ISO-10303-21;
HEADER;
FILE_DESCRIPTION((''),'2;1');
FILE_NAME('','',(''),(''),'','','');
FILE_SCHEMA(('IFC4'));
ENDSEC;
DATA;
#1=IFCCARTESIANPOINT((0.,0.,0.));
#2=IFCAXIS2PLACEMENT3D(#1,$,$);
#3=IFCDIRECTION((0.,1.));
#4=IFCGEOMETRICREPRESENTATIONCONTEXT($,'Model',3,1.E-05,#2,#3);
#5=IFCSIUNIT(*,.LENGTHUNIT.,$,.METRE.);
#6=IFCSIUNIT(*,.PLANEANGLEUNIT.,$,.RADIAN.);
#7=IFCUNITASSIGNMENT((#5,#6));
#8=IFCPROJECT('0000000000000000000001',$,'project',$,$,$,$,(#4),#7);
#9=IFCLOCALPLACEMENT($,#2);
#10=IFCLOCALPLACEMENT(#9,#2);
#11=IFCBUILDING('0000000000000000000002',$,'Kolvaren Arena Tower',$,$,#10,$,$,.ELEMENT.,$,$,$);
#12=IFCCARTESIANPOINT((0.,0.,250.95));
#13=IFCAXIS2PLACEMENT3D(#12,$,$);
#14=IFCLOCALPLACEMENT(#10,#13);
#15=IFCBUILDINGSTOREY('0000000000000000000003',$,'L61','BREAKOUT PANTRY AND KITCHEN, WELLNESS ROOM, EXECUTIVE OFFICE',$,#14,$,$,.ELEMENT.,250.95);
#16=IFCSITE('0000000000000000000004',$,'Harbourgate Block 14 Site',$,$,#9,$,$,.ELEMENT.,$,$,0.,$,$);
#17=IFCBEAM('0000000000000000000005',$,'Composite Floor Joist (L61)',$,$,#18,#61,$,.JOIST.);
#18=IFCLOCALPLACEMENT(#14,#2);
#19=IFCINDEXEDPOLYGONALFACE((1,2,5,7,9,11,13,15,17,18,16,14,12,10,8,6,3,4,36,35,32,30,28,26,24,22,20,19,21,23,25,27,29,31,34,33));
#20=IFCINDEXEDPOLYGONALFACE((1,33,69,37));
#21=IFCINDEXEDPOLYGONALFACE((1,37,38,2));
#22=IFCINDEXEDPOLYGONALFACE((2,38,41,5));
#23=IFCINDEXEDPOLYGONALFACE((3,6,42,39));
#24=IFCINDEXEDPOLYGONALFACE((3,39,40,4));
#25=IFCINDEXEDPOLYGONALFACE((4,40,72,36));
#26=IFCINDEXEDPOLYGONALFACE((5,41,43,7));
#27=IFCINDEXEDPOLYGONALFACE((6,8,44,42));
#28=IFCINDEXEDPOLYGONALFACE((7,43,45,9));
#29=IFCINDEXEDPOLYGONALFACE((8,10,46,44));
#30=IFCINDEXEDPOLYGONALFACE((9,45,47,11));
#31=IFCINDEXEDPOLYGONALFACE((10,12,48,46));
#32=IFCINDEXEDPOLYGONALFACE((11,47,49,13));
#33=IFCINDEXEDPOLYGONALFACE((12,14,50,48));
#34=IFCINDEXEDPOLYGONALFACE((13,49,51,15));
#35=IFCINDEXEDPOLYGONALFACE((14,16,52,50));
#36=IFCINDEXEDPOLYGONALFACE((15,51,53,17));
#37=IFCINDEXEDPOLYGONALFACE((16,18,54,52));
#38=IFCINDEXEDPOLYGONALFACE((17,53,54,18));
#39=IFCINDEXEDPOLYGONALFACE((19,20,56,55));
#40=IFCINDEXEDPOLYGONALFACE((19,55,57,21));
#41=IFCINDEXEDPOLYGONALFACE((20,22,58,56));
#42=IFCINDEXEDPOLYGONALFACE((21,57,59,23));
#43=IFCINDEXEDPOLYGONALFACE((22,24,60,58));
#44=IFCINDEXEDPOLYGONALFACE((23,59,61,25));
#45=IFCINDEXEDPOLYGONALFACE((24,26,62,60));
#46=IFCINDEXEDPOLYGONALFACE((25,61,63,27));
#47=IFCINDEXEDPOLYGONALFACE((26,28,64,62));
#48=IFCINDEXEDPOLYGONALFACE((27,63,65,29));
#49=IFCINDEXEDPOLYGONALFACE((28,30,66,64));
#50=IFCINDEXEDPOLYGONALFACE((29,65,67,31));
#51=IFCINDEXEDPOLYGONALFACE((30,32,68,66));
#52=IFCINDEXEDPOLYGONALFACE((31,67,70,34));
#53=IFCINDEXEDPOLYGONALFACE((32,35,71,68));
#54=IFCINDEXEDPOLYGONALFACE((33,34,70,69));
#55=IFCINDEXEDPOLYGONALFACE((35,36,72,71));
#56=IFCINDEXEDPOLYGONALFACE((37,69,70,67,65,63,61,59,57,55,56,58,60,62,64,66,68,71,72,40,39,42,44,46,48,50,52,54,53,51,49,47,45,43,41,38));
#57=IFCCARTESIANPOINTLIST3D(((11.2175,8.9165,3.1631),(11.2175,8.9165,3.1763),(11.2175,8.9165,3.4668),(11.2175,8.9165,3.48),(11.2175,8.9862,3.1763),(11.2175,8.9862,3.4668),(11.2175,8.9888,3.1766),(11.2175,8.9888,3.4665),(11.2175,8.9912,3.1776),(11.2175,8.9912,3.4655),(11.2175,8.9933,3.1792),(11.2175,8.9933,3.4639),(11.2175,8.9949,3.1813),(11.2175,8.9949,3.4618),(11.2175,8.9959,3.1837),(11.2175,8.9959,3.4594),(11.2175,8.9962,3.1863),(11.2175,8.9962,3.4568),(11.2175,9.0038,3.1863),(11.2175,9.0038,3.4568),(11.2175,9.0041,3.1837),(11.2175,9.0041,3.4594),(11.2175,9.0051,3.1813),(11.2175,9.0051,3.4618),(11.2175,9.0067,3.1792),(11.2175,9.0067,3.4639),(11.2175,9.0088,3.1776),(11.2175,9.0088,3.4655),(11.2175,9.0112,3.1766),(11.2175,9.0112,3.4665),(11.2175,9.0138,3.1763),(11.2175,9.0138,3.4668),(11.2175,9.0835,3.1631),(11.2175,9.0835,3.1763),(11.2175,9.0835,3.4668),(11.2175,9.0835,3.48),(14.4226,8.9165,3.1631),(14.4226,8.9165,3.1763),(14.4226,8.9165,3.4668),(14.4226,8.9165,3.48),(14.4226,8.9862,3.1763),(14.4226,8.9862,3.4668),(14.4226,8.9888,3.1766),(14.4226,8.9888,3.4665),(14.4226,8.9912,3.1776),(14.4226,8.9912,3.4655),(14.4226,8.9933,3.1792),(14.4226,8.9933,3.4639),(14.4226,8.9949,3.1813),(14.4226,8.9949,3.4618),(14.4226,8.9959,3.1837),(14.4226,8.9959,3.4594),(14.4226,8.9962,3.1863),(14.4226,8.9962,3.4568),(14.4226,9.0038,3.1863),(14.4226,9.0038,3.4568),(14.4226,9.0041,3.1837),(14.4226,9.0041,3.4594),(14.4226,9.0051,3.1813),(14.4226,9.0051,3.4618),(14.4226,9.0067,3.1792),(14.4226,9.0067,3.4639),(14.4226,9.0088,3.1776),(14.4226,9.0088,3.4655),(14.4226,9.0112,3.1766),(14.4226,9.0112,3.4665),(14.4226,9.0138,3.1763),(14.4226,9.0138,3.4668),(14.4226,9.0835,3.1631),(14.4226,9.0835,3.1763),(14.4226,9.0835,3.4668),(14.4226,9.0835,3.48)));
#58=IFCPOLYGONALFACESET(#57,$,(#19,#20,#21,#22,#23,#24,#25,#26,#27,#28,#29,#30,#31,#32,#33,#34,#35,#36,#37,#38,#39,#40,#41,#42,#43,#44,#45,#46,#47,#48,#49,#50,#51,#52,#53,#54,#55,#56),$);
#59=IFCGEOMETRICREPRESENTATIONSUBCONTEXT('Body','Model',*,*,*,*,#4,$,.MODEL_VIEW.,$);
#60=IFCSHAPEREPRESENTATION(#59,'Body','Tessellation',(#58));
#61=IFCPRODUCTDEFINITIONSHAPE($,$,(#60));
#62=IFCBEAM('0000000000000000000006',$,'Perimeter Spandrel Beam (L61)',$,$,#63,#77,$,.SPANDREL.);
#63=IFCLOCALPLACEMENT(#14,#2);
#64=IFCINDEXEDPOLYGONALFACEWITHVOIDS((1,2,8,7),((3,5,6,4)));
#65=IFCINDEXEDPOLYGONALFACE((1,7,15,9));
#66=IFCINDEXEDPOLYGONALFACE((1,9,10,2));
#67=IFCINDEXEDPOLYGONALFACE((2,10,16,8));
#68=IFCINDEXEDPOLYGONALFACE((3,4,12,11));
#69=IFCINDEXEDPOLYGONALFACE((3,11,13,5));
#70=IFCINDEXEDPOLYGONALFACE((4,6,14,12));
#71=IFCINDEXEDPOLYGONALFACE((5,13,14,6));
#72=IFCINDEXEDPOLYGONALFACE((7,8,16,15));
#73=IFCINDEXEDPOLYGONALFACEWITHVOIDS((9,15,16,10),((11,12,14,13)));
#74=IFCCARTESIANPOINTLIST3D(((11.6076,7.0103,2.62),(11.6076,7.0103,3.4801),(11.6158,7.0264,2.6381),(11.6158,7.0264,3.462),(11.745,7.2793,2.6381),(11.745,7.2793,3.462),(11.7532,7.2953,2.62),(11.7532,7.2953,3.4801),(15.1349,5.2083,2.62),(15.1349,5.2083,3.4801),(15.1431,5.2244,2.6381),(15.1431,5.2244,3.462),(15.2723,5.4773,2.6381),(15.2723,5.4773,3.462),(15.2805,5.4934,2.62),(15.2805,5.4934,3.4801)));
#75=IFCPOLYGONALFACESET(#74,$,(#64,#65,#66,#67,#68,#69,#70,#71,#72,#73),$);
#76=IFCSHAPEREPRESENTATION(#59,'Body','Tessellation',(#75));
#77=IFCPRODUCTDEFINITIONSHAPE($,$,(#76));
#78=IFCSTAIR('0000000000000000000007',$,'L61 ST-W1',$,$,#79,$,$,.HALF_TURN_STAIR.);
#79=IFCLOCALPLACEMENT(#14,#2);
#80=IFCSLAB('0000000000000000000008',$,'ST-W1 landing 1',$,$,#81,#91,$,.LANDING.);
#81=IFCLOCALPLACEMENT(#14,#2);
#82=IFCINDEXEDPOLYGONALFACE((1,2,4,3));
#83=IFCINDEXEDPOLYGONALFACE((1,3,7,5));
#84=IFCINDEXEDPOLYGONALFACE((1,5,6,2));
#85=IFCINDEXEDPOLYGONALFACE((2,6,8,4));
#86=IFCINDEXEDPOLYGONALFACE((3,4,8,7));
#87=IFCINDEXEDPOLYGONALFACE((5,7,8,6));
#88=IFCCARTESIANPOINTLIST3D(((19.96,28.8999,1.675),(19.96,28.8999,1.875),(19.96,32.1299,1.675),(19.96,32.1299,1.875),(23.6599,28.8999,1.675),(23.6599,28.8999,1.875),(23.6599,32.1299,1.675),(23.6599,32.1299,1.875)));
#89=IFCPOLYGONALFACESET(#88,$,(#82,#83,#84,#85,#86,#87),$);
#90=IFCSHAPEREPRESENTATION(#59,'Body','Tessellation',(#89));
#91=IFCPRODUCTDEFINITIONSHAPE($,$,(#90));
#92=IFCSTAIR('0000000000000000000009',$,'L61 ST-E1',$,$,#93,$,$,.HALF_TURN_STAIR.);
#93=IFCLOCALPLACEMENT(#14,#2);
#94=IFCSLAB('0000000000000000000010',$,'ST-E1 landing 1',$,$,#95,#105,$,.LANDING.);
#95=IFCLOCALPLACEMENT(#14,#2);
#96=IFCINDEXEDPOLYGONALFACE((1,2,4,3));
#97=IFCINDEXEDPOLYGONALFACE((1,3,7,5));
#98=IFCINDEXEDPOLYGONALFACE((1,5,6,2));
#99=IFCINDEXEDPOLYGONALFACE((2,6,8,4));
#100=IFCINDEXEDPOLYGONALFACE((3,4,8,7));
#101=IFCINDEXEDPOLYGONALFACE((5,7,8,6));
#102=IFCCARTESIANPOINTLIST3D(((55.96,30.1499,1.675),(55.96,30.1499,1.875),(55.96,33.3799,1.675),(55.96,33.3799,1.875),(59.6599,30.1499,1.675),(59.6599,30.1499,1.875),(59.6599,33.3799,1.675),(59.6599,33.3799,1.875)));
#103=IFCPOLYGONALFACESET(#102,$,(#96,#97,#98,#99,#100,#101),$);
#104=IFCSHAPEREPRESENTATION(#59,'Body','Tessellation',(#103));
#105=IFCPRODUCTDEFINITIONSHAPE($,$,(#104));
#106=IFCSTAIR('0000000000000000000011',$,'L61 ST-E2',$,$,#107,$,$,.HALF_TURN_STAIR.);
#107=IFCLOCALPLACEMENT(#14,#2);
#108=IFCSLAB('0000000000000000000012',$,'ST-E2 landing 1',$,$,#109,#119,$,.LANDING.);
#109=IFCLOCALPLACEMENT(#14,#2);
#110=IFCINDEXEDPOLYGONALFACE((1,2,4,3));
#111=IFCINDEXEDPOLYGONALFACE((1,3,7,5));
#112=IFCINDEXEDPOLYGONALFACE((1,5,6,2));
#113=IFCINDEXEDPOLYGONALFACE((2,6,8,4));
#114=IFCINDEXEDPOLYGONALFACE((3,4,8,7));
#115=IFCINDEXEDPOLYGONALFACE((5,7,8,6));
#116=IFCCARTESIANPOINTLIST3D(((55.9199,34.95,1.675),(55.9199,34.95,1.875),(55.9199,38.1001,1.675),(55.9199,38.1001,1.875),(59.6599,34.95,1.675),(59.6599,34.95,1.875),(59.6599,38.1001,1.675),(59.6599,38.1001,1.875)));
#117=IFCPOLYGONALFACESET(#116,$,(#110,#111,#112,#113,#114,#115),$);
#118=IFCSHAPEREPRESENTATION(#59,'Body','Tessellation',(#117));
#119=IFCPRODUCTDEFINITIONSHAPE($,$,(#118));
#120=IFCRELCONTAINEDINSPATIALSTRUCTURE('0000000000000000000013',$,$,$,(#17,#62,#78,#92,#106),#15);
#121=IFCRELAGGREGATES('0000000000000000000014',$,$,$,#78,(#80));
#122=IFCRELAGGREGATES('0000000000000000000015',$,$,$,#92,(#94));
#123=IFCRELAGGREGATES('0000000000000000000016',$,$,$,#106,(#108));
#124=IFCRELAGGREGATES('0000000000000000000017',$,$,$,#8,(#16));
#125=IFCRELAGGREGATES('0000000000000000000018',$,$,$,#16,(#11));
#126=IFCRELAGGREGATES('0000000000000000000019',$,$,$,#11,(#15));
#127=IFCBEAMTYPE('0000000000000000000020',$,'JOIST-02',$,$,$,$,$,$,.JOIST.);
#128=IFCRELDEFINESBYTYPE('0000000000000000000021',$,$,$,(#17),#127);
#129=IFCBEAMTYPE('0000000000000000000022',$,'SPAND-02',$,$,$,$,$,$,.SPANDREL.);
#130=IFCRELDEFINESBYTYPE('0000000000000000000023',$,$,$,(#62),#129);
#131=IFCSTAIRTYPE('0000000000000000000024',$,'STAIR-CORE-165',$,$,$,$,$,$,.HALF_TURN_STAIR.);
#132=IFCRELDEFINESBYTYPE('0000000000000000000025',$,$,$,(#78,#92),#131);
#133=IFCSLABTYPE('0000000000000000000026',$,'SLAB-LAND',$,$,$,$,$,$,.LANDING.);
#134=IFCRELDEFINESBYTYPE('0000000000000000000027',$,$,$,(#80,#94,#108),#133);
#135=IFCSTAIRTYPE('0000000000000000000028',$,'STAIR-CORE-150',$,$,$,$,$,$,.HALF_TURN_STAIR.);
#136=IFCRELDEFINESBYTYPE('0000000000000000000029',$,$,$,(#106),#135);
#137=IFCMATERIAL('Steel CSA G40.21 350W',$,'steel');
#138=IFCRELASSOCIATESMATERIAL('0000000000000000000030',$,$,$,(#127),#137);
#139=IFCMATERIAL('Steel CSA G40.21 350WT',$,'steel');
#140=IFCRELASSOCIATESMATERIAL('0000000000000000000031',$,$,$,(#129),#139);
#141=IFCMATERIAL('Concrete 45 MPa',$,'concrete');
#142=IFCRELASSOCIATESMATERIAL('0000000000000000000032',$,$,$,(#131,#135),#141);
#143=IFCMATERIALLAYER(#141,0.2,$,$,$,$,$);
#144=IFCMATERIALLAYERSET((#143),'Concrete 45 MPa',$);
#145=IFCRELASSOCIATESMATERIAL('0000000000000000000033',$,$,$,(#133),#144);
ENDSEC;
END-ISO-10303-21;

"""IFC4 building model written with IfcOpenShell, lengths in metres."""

from ifc_helpers import new_model, si_unit, direction, frame, origin, origin_2d, place, context, subcontext, project, spatial, polyline, hollow_rectangle, i_section, outline, extrude, material, layer, layer_set, material_profile, profile_set, type_object, element, aggregate, save


model = new_model("IFC4")

# Units and contexts
model_context = context("Model", 3, precision=1e-05, world=origin(), true_north=direction((0.0, 1.0)))
body_context = subcontext(model_context, "Body", "Model", "MODEL_VIEW")
ifc_project = project(units=[si_unit("LENGTHUNIT", "METRE"), si_unit("PLANEANGLEUNIT", "RADIAN")], contexts=[model_context])

# Site, building, storey
site_placement = place(None, origin())
site = spatial("IfcSite", under=ifc_project, at=site_placement, Name="Harbourgate Block 14 Site", CompositionType="ELEMENT", RefElevation=0.0)
building_placement = place(site_placement, origin())
building = spatial("IfcBuilding", under=site, at=building_placement, Name="Kolvaren Arena Tower", CompositionType="ELEMENT")
storey_placement = place(building_placement, frame((0.0, 0.0, 250.95)))
storey = spatial("IfcBuildingStorey", under=building, at=storey_placement, Name="L61", Description="BREAKOUT PANTRY AND KITCHEN, WELLNESS ROOM, EXECUTIVE OFFICE", CompositionType="ELEMENT", Elevation=250.95)

# Beams
ifc_material_1 = material(Name="Steel CSA G40.21 350W", Category="steel")
ifc_material_profile_1 = material_profile(ifc_material_1, i_section(OverallWidth=0.167, OverallDepth=0.3169, WebThickness=0.0076, FlangeThickness=0.0132, FilletRadius=0.01, at=origin_2d()), Name="W310x52")
ifc_profile_set_1 = profile_set([ifc_material_profile_1], Name="Steel CSA G40.21 350W")
beam_type_1 = type_object("IfcBeamType", Name="JOIST-02", PredefinedType="JOIST", material=ifc_profile_set_1)
beam_1_placement = place(storey_placement, frame((11.2175, 9.0, 3.3215), z_axis=(1.0, 0.0, 0.0), x_axis=(0.0, 1.0, 0.0)))
element("IfcBeam", 1, at=beam_1_placement, inside=storey, type_object=beam_type_1, Name="Composite Floor Joist (L61)", PredefinedType="JOIST", context=body_context, shape_type="SweptSolid", body=[
    extrude(i_section(OverallWidth=0.167, OverallDepth=0.3169, WebThickness=0.0076, FlangeThickness=0.0132, FilletRadius=0.01, at=origin_2d()), origin(), (0.0, 0.0, 1.0), 3.2051),
])
ifc_material_2 = material(Name="Steel CSA G40.21 350WT", Category="steel")
ifc_material_profile_2 = material_profile(ifc_material_2, hollow_rectangle(XDim=0.3201, YDim=0.8601, WallThickness=0.0181, at=origin_2d()), Name="HSS 860x320x18")
ifc_profile_set_2 = profile_set([ifc_material_profile_2], Name="Steel CSA G40.21 350WT")
beam_type_2 = type_object("IfcBeamType", Name="SPAND-02", PredefinedType="SPANDREL", material=ifc_profile_set_2)
beam_2_placement = place(storey_placement, frame((11.6804, 7.1528, 3.05), z_axis=(0.890523, -0.454938, 0.0), x_axis=(0.454938, 0.890523, 0.0)))
element("IfcBeam", 2, at=beam_2_placement, inside=storey, type_object=beam_type_2, Name="Perimeter Spandrel Beam (L61)", PredefinedType="SPANDREL", context=body_context, shape_type="SweptSolid", body=[
    extrude(hollow_rectangle(XDim=0.3201, YDim=0.8601, WallThickness=0.0181, at=origin_2d()), origin(), (0.0, 0.0, 1.0), 3.9609),
])

# Stairs, slabs
ifc_material_3 = material(Name="Concrete 45 MPa", Category="concrete")
stair_type_1 = type_object("IfcStairType", Name="STAIR-CORE-165", PredefinedType="HALF_TURN_STAIR", material=ifc_material_3)
stair_1_placement = place(storey_placement, origin())
stair_1 = element("IfcStair", 3, at=stair_1_placement, inside=storey, type_object=stair_type_1, Name="L61 ST-W1", PredefinedType="HALF_TURN_STAIR")
ifc_layer_1 = layer(ifc_material_3, 0.2)
ifc_layer_set_1 = layer_set([ifc_layer_1], Name="Concrete 45 MPa")
slab_type_1 = type_object("IfcSlabType", Name="SLAB-LAND", PredefinedType="LANDING", material=ifc_layer_set_1)
slab_1_placement = place(storey_placement, frame((0.0, 0.0, 1.675)))
slab_1 = element("IfcSlab", 4, at=slab_1_placement, type_object=slab_type_1, Name="ST-W1 landing 1", PredefinedType="LANDING", context=body_context, shape_type="SweptSolid", body=[
    extrude(outline(polyline([(19.96, 28.8999), (23.6599, 28.8999), (23.6599, 32.1299), (19.96, 32.1299), (19.96, 28.8999)])), origin(), (0.0, 0.0, 1.0), 0.2),
])
aggregate(stair_1, [slab_1])
stair_2_placement = place(storey_placement, origin())
stair_2 = element("IfcStair", 5, at=stair_2_placement, inside=storey, type_object=stair_type_1, Name="L61 ST-E1", PredefinedType="HALF_TURN_STAIR")
slab_2_placement = place(storey_placement, frame((0.0, 0.0, 1.675)))
slab_2 = element("IfcSlab", 6, at=slab_2_placement, type_object=slab_type_1, Name="ST-E1 landing 1", PredefinedType="LANDING", context=body_context, shape_type="SweptSolid", body=[
    extrude(outline(polyline([(55.96, 30.1499), (59.6599, 30.1499), (59.6599, 33.3799), (55.96, 33.3799), (55.96, 30.1499)])), origin(), (0.0, 0.0, 1.0), 0.2),
])
aggregate(stair_2, [slab_2])
stair_type_2 = type_object("IfcStairType", Name="STAIR-CORE-150", PredefinedType="HALF_TURN_STAIR", material=ifc_material_3)
stair_3_placement = place(storey_placement, origin())
stair_3 = element("IfcStair", 7, at=stair_3_placement, inside=storey, type_object=stair_type_2, Name="L61 ST-E2", PredefinedType="HALF_TURN_STAIR")
slab_3_placement = place(storey_placement, frame((0.0, 0.0, 1.675)))
slab_3 = element("IfcSlab", 8, at=slab_3_placement, type_object=slab_type_1, Name="ST-E2 landing 1", PredefinedType="LANDING", context=body_context, shape_type="SweptSolid", body=[
    extrude(outline(polyline([(55.9199, 34.95), (59.6599, 34.95), (59.6599, 38.1001), (55.9199, 38.1001), (55.9199, 34.95)])), origin(), (0.0, 0.0, 1.0), 0.2),
])
aggregate(stair_3, [slab_3])

save(model, "model.ifc")
